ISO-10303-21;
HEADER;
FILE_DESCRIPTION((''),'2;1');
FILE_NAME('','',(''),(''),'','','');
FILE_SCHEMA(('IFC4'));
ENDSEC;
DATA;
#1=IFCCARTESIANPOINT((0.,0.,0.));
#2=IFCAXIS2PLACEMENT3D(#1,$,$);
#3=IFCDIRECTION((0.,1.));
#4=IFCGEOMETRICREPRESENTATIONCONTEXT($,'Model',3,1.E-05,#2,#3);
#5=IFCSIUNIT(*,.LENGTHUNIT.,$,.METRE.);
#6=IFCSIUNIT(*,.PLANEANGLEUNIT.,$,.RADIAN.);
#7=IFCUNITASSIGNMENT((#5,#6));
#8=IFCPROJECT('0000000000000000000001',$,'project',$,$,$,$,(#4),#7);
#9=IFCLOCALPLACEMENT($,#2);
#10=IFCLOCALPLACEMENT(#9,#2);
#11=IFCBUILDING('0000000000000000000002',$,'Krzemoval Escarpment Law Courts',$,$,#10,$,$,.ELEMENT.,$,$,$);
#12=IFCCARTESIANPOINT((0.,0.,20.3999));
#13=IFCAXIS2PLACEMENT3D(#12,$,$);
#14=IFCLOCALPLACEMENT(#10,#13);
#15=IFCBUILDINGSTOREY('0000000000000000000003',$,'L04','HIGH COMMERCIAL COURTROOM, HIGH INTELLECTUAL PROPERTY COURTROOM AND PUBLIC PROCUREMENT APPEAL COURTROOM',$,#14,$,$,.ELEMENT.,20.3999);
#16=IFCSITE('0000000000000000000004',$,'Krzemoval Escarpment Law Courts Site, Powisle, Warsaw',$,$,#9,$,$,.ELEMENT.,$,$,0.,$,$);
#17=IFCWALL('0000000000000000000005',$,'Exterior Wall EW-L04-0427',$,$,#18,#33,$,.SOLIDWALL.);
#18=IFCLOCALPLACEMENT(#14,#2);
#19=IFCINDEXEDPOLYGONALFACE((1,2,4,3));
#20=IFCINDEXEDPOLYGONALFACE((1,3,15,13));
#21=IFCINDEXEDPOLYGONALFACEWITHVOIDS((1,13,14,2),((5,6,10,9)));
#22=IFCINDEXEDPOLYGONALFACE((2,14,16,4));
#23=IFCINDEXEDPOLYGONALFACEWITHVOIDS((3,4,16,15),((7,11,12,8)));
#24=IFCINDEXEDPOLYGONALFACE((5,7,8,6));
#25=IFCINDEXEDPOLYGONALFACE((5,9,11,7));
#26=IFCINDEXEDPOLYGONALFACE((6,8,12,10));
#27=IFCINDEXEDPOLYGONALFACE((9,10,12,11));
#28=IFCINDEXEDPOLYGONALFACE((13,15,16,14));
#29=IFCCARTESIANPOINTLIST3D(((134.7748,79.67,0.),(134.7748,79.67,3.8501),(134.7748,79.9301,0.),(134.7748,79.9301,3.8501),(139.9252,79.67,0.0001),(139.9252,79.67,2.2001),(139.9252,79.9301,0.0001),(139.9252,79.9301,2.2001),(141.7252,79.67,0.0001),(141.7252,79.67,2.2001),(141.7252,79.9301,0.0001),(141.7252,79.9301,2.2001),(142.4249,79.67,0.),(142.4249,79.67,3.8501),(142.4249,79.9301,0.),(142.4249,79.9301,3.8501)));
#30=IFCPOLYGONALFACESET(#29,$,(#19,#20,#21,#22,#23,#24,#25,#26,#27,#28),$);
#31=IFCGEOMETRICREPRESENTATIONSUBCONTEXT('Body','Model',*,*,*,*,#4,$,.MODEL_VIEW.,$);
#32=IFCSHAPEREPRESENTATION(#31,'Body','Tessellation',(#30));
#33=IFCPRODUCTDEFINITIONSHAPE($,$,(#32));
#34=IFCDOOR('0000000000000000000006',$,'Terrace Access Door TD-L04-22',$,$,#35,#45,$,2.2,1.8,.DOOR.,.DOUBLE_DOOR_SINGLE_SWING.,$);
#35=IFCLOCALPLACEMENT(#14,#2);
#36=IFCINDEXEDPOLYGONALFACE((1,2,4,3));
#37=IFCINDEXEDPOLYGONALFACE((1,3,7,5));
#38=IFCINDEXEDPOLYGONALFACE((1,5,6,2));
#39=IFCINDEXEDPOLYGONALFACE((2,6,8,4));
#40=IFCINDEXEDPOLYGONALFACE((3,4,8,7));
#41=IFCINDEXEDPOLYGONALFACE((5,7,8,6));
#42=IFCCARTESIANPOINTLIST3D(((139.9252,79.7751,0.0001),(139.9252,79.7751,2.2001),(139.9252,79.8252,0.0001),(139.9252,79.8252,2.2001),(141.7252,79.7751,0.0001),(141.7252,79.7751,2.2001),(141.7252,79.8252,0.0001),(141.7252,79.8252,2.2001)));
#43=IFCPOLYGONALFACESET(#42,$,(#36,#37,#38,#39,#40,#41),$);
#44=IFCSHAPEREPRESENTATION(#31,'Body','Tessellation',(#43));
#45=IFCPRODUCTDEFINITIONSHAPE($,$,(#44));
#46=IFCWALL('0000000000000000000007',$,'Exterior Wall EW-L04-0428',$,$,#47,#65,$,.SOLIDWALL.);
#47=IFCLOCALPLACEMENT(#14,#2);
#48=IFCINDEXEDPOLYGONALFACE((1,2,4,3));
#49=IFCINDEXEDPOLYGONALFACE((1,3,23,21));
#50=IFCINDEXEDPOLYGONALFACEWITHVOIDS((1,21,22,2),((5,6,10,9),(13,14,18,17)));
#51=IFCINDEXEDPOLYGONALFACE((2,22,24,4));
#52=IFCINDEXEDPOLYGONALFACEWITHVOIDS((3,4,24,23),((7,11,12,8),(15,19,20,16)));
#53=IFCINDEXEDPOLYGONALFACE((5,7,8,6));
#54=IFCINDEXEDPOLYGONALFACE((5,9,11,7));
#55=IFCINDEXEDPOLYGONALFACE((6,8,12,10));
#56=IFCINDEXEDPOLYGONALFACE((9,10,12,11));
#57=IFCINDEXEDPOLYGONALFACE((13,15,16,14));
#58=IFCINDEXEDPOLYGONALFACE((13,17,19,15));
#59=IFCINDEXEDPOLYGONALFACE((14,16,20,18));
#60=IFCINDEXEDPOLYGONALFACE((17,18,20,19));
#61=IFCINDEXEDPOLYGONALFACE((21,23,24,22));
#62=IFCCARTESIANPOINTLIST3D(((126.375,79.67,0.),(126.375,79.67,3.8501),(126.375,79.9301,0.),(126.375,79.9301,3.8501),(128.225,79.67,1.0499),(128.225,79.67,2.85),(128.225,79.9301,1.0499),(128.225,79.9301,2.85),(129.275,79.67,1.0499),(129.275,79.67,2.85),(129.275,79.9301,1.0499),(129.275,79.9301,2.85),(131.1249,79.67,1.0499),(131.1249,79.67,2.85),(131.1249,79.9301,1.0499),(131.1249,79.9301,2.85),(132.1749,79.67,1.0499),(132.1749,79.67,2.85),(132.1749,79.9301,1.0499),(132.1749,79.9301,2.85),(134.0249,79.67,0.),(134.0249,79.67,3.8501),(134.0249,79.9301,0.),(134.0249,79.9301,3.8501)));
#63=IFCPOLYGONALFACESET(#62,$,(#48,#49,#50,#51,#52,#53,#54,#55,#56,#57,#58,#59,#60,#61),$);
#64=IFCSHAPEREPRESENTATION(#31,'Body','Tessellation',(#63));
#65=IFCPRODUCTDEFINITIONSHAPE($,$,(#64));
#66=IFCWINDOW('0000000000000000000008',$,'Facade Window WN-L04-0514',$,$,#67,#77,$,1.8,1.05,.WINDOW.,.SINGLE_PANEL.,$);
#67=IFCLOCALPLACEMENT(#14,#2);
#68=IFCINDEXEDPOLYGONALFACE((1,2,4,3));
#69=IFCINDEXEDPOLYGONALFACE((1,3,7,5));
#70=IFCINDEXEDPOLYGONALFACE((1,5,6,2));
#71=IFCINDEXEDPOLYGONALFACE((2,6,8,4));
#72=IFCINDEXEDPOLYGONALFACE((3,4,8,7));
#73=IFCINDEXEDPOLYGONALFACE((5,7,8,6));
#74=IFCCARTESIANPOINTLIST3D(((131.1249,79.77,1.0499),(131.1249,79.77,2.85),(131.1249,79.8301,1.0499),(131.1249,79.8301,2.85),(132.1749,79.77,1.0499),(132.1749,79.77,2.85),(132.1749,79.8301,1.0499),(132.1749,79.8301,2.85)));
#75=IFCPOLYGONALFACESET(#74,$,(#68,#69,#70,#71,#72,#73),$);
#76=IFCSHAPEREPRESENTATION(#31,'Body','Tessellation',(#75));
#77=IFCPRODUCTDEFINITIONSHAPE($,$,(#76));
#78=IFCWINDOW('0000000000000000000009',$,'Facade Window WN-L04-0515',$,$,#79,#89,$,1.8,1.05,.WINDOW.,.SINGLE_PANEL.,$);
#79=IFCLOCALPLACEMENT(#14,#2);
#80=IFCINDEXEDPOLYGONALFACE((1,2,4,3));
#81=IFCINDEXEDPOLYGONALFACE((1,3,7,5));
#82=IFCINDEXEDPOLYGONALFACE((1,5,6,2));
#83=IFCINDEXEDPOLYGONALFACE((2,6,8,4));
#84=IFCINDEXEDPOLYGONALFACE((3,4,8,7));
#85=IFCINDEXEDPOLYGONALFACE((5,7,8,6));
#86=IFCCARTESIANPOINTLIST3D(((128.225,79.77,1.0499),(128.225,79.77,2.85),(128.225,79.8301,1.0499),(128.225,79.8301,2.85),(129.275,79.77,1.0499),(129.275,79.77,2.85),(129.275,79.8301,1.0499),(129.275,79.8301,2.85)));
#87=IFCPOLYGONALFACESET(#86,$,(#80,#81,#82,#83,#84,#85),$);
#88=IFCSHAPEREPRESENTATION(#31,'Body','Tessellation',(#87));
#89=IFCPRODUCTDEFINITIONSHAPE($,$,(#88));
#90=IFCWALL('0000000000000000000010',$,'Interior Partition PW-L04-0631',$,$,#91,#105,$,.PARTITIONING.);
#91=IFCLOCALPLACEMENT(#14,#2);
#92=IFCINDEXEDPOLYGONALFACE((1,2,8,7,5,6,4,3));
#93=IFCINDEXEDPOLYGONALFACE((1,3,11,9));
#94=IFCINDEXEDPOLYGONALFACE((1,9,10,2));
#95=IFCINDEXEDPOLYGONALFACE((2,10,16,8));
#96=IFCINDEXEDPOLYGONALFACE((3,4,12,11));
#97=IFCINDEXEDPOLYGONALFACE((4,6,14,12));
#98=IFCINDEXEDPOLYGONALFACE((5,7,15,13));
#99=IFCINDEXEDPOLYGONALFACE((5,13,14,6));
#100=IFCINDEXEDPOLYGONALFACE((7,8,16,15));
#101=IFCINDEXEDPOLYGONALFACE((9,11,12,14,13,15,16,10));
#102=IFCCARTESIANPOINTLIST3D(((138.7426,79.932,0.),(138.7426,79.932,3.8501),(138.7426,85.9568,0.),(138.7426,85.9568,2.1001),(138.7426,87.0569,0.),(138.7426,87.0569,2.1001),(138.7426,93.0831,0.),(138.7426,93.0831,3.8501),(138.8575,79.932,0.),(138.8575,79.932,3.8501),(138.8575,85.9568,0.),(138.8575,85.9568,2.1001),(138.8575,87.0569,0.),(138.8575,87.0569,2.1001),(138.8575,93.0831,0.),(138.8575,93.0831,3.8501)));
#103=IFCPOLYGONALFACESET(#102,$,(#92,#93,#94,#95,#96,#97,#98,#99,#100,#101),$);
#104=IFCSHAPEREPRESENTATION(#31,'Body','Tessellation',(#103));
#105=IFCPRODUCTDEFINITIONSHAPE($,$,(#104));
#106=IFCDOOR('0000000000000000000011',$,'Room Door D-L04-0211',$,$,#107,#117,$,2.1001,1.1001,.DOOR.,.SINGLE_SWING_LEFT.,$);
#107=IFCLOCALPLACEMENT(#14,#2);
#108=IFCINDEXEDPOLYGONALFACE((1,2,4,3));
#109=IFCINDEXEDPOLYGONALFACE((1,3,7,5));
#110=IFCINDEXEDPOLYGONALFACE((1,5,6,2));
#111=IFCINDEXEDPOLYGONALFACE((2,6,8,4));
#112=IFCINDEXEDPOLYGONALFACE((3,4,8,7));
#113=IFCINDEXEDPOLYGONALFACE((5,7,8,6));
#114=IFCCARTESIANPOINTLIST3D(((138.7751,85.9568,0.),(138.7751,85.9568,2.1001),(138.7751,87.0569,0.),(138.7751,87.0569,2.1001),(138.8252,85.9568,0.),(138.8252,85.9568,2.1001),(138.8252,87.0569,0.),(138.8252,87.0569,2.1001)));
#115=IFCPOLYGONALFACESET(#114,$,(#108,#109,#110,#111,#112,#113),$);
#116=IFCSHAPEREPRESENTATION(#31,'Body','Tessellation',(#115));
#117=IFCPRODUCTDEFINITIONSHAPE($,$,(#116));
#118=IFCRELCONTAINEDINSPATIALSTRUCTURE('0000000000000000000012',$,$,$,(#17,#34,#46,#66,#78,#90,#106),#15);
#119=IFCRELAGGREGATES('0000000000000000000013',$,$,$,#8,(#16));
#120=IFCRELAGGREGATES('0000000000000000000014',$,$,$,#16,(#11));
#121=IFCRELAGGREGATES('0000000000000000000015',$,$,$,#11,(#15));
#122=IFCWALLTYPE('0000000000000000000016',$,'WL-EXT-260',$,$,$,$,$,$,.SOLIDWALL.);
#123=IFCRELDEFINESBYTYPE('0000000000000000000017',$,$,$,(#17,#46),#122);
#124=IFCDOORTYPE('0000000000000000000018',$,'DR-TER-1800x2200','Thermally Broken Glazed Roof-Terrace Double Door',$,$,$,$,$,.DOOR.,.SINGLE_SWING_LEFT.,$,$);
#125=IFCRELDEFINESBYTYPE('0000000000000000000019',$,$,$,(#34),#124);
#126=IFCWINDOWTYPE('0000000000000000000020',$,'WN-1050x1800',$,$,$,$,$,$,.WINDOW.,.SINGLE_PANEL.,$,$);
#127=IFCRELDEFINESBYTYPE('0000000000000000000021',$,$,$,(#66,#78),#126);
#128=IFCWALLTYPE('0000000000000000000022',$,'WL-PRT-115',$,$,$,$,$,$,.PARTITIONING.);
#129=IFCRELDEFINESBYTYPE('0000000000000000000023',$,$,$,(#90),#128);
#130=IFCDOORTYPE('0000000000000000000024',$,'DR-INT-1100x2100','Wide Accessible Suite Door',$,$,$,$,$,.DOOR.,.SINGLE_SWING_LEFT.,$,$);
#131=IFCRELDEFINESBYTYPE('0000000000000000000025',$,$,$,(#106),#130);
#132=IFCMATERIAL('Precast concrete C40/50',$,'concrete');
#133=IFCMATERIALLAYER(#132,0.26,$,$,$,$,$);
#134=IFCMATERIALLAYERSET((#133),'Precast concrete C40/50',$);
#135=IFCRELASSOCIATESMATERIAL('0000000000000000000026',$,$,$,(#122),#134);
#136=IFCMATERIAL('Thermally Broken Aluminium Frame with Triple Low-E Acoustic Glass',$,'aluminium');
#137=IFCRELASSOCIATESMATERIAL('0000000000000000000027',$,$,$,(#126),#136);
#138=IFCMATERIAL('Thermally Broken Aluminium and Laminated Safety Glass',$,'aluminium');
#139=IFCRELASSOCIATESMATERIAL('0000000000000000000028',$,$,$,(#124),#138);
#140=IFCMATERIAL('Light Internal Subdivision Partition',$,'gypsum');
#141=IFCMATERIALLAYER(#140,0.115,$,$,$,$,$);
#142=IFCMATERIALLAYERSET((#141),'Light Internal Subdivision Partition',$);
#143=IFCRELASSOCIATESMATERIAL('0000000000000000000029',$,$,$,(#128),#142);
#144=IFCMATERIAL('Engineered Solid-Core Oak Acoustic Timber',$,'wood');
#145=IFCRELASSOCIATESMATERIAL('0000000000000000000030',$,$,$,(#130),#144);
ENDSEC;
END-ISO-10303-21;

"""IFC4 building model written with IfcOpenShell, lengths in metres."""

from ifc_helpers import new_model, si_unit, direction, frame, frame_2d, origin, place, context, subcontext, project, spatial, rectangle, extrude, material, layer, layer_set, type_object, element, fill, save


model = new_model("IFC4")

# Units and contexts
model_context = context("Model", 3, precision=1e-05, world=origin(), true_north=direction((0.0, 1.0)))
body_context = subcontext(model_context, "Body", "Model", "MODEL_VIEW")
ifc_project = project(units=[si_unit("LENGTHUNIT", "METRE"), si_unit("PLANEANGLEUNIT", "RADIAN")], contexts=[model_context])

# Site, building, storey
site_placement = place(None, origin())
site = spatial("IfcSite", under=ifc_project, at=site_placement, Name="Krzemoval Escarpment Law Courts Site, Powisle, Warsaw", CompositionType="ELEMENT", RefElevation=0.0)
building_placement = place(site_placement, origin())
building = spatial("IfcBuilding", under=site, at=building_placement, Name="Krzemoval Escarpment Law Courts", CompositionType="ELEMENT")
storey_placement = place(building_placement, frame((0.0, 0.0, 20.3999)))
storey = spatial("IfcBuildingStorey", under=building, at=storey_placement, Name="L04", Description="HIGH COMMERCIAL COURTROOM, HIGH INTELLECTUAL PROPERTY COURTROOM AND PUBLIC PROCUREMENT APPEAL COURTROOM", CompositionType="ELEMENT", Elevation=20.3999)

# Shared definitions
ifc_material_1 = material(Name="Precast concrete C40/50", Category="concrete")
ifc_layer_1 = layer(ifc_material_1, 0.26)
ifc_layer_set_1 = layer_set([ifc_layer_1], Name="Precast concrete C40/50")
wall_type_1 = type_object("IfcWallType", Name="WL-EXT-260", PredefinedType="SOLIDWALL", material=ifc_layer_set_1)
ifc_material_2 = material(Name="Thermally Broken Aluminium Frame with Triple Low-E Acoustic Glass", Category="aluminium")
window_type = type_object("IfcWindowType", Name="WN-1050x1800", PartitioningType="SINGLE_PANEL", PredefinedType="WINDOW", material=ifc_material_2)

# Wall, opening, door
wall_1_placement = place(storey_placement, frame((142.425, 79.8, 0.0), z_axis=(0.0, 0.0, 1.0), x_axis=(-1.0, 0.0, 0.0)))
wall_1 = element("IfcWall", 1, at=wall_1_placement, inside=storey, type_object=wall_type_1, Name="Exterior Wall EW-L04-0427", PredefinedType="SOLIDWALL", context=body_context, shape_type="SweptSolid", body=[
    extrude(rectangle(XDim=7.6501, YDim=0.26, at=frame_2d((3.8252, 0.0))), origin(), (0.0, 0.0, 1.0), 3.8501),
])
opening_1_placement = place(wall_1_placement, frame((0.7, 0.0, 0.0)))
opening_1 = element("IfcOpeningElement", 2, at=opening_1_placement, cuts=wall_1, PredefinedType="OPENING", context=body_context, shape_type="SweptSolid", body=[
    extrude(rectangle(XDim=1.8, YDim=2.2, at=frame_2d((0.8999, 1.1001))), frame((0.0, 0.145, 0.0), z_axis=(0.0, -1.0, 0.0), x_axis=(1.0, 0.0, 0.0)), (0.0, 0.0, 1.0), 0.29),
])
ifc_material_3 = material(Name="Thermally Broken Aluminium and Laminated Safety Glass", Category="aluminium")
door_type_1 = type_object("IfcDoorType", Name="DR-TER-1800x2200", Description="Thermally Broken Glazed Roof-Terrace Double Door", OperationType="SINGLE_SWING_LEFT", PredefinedType="DOOR", material=ifc_material_3)
door_1_placement = place(opening_1_placement, origin())
door_1 = element("IfcDoor", 3, at=door_1_placement, inside=storey, type_object=door_type_1, Name="Terrace Access Door TD-L04-22", OperationType="DOUBLE_DOOR_SINGLE_SWING", OverallHeight=2.2, OverallWidth=1.8, PredefinedType="DOOR", context=body_context, shape_type="SweptSolid", body=[
    extrude(rectangle(XDim=1.8, YDim=2.2, at=frame_2d((0.8999, 1.1001))), frame((0.0, 0.0249, 0.0), z_axis=(0.0, -1.0, 0.0), x_axis=(1.0, 0.0, 0.0)), (0.0, 0.0, 1.0), 0.05),
])
fill(opening_1, door_1)

# Wall, openings, windows
wall_2_placement = place(storey_placement, frame((134.0249, 79.8, 0.0), z_axis=(0.0, 0.0, 1.0), x_axis=(-1.0, 0.0, 0.0)))
wall_2 = element("IfcWall", 4, at=wall_2_placement, inside=storey, type_object=wall_type_1, Name="Exterior Wall EW-L04-0428", PredefinedType="SOLIDWALL", context=body_context, shape_type="SweptSolid", body=[
    extrude(rectangle(XDim=7.6499, YDim=0.26, at=frame_2d((3.825, 0.0))), origin(), (0.0, 0.0, 1.0), 3.8501),
])
opening_2_placement = place(wall_2_placement, frame((1.8501, 0.0, 1.05)))
opening_2 = element("IfcOpeningElement", 5, at=opening_2_placement, cuts=wall_2, PredefinedType="OPENING", context=body_context, shape_type="SweptSolid", body=[
    extrude(rectangle(XDim=1.05, YDim=1.8, at=frame_2d((0.5249, 0.8999))), frame((0.0, 0.145, 0.0), z_axis=(0.0, -1.0, 0.0), x_axis=(1.0, 0.0, 0.0)), (0.0, 0.0, 1.0), 0.29),
])
opening_3_placement = place(wall_2_placement, frame((4.75, 0.0, 1.05)))
opening_3 = element("IfcOpeningElement", 6, at=opening_3_placement, cuts=wall_2, PredefinedType="OPENING", context=body_context, shape_type="SweptSolid", body=[
    extrude(rectangle(XDim=1.05, YDim=1.8, at=frame_2d((0.5249, 0.8999))), frame((0.0, 0.145, 0.0), z_axis=(0.0, -1.0, 0.0), x_axis=(1.0, 0.0, 0.0)), (0.0, 0.0, 1.0), 0.29),
])
window_1_placement = place(opening_2_placement, origin())
window_1 = element("IfcWindow", 7, at=window_1_placement, inside=storey, type_object=window_type, Name="Facade Window WN-L04-0514", OverallHeight=1.8, OverallWidth=1.05, PartitioningType="SINGLE_PANEL", PredefinedType="WINDOW", context=body_context, shape_type="SweptSolid", body=[
    extrude(rectangle(XDim=1.05, YDim=1.8, at=frame_2d((0.5249, 0.8999))), frame((0.0, 0.03, 0.0), z_axis=(0.0, -1.0, 0.0), x_axis=(1.0, 0.0, 0.0)), (0.0, 0.0, 1.0), 0.0601),
])
fill(opening_2, window_1)
window_2_placement = place(opening_3_placement, origin())
window_2 = element("IfcWindow", 8, at=window_2_placement, inside=storey, type_object=window_type, Name="Facade Window WN-L04-0515", OverallHeight=1.8, OverallWidth=1.05, PartitioningType="SINGLE_PANEL", PredefinedType="WINDOW", context=body_context, shape_type="SweptSolid", body=[
    extrude(rectangle(XDim=1.05, YDim=1.8, at=frame_2d((0.5249, 0.8999))), frame((0.0, 0.03, 0.0), z_axis=(0.0, -1.0, 0.0), x_axis=(1.0, 0.0, 0.0)), (0.0, 0.0, 1.0), 0.0601),
])
fill(opening_3, window_2)

# Wall, opening, door
ifc_material_4 = material(Name="Light Internal Subdivision Partition", Category="gypsum")
ifc_layer_2 = layer(ifc_material_4, 0.115)
ifc_layer_set_2 = layer_set([ifc_layer_2], Name="Light Internal Subdivision Partition")
wall_type_2 = type_object("IfcWallType", Name="WL-PRT-115", PredefinedType="PARTITIONING", material=ifc_layer_set_2)
wall_3_placement = place(storey_placement, frame((138.8, 79.9319, 0.0), z_axis=(0.0, 0.0, 1.0), x_axis=(0.0, 1.0, 0.0)))
wall_3 = element("IfcWall", 9, at=wall_3_placement, inside=storey, type_object=wall_type_2, Name="Interior Partition PW-L04-0631", PredefinedType="PARTITIONING", context=body_context, shape_type="SweptSolid", body=[
    extrude(rectangle(XDim=13.1511, YDim=0.115, at=frame_2d((6.5757, 0.0))), origin(), (0.0, 0.0, 1.0), 3.8501),
])
opening_4_placement = place(wall_3_placement, frame((6.0249, 0.0, 0.0)))
opening_4 = element("IfcOpeningElement", 10, at=opening_4_placement, cuts=wall_3, PredefinedType="OPENING", context=body_context, shape_type="SweptSolid", body=[
    extrude(rectangle(XDim=1.1001, YDim=2.1001, at=frame_2d((0.55, 1.05))), frame((0.0, 0.0725, 0.0), z_axis=(0.0, -1.0, 0.0), x_axis=(1.0, 0.0, 0.0)), (0.0, 0.0, 1.0), 0.145),
])
ifc_material_5 = material(Name="Engineered Solid-Core Oak Acoustic Timber", Category="wood")
door_type_2 = type_object("IfcDoorType", Name="DR-INT-1100x2100", Description="Wide Accessible Suite Door", OperationType="SINGLE_SWING_LEFT", PredefinedType="DOOR", material=ifc_material_5)
door_2_placement = place(opening_4_placement, origin())
door_2 = element("IfcDoor", 11, at=door_2_placement, inside=storey, type_object=door_type_2, Name="Room Door D-L04-0211", OperationType="SINGLE_SWING_LEFT", OverallHeight=2.1001, OverallWidth=1.1001, PredefinedType="DOOR", context=body_context, shape_type="SweptSolid", body=[
    extrude(rectangle(XDim=1.1001, YDim=2.1001, at=frame_2d((0.55, 1.05))), frame((0.0, 0.0249, 0.0), z_axis=(0.0, -1.0, 0.0), x_axis=(1.0, 0.0, 0.0)), (0.0, 0.0, 1.0), 0.05),
])
fill(opening_4, door_2)

save(model, "model.ifc")
